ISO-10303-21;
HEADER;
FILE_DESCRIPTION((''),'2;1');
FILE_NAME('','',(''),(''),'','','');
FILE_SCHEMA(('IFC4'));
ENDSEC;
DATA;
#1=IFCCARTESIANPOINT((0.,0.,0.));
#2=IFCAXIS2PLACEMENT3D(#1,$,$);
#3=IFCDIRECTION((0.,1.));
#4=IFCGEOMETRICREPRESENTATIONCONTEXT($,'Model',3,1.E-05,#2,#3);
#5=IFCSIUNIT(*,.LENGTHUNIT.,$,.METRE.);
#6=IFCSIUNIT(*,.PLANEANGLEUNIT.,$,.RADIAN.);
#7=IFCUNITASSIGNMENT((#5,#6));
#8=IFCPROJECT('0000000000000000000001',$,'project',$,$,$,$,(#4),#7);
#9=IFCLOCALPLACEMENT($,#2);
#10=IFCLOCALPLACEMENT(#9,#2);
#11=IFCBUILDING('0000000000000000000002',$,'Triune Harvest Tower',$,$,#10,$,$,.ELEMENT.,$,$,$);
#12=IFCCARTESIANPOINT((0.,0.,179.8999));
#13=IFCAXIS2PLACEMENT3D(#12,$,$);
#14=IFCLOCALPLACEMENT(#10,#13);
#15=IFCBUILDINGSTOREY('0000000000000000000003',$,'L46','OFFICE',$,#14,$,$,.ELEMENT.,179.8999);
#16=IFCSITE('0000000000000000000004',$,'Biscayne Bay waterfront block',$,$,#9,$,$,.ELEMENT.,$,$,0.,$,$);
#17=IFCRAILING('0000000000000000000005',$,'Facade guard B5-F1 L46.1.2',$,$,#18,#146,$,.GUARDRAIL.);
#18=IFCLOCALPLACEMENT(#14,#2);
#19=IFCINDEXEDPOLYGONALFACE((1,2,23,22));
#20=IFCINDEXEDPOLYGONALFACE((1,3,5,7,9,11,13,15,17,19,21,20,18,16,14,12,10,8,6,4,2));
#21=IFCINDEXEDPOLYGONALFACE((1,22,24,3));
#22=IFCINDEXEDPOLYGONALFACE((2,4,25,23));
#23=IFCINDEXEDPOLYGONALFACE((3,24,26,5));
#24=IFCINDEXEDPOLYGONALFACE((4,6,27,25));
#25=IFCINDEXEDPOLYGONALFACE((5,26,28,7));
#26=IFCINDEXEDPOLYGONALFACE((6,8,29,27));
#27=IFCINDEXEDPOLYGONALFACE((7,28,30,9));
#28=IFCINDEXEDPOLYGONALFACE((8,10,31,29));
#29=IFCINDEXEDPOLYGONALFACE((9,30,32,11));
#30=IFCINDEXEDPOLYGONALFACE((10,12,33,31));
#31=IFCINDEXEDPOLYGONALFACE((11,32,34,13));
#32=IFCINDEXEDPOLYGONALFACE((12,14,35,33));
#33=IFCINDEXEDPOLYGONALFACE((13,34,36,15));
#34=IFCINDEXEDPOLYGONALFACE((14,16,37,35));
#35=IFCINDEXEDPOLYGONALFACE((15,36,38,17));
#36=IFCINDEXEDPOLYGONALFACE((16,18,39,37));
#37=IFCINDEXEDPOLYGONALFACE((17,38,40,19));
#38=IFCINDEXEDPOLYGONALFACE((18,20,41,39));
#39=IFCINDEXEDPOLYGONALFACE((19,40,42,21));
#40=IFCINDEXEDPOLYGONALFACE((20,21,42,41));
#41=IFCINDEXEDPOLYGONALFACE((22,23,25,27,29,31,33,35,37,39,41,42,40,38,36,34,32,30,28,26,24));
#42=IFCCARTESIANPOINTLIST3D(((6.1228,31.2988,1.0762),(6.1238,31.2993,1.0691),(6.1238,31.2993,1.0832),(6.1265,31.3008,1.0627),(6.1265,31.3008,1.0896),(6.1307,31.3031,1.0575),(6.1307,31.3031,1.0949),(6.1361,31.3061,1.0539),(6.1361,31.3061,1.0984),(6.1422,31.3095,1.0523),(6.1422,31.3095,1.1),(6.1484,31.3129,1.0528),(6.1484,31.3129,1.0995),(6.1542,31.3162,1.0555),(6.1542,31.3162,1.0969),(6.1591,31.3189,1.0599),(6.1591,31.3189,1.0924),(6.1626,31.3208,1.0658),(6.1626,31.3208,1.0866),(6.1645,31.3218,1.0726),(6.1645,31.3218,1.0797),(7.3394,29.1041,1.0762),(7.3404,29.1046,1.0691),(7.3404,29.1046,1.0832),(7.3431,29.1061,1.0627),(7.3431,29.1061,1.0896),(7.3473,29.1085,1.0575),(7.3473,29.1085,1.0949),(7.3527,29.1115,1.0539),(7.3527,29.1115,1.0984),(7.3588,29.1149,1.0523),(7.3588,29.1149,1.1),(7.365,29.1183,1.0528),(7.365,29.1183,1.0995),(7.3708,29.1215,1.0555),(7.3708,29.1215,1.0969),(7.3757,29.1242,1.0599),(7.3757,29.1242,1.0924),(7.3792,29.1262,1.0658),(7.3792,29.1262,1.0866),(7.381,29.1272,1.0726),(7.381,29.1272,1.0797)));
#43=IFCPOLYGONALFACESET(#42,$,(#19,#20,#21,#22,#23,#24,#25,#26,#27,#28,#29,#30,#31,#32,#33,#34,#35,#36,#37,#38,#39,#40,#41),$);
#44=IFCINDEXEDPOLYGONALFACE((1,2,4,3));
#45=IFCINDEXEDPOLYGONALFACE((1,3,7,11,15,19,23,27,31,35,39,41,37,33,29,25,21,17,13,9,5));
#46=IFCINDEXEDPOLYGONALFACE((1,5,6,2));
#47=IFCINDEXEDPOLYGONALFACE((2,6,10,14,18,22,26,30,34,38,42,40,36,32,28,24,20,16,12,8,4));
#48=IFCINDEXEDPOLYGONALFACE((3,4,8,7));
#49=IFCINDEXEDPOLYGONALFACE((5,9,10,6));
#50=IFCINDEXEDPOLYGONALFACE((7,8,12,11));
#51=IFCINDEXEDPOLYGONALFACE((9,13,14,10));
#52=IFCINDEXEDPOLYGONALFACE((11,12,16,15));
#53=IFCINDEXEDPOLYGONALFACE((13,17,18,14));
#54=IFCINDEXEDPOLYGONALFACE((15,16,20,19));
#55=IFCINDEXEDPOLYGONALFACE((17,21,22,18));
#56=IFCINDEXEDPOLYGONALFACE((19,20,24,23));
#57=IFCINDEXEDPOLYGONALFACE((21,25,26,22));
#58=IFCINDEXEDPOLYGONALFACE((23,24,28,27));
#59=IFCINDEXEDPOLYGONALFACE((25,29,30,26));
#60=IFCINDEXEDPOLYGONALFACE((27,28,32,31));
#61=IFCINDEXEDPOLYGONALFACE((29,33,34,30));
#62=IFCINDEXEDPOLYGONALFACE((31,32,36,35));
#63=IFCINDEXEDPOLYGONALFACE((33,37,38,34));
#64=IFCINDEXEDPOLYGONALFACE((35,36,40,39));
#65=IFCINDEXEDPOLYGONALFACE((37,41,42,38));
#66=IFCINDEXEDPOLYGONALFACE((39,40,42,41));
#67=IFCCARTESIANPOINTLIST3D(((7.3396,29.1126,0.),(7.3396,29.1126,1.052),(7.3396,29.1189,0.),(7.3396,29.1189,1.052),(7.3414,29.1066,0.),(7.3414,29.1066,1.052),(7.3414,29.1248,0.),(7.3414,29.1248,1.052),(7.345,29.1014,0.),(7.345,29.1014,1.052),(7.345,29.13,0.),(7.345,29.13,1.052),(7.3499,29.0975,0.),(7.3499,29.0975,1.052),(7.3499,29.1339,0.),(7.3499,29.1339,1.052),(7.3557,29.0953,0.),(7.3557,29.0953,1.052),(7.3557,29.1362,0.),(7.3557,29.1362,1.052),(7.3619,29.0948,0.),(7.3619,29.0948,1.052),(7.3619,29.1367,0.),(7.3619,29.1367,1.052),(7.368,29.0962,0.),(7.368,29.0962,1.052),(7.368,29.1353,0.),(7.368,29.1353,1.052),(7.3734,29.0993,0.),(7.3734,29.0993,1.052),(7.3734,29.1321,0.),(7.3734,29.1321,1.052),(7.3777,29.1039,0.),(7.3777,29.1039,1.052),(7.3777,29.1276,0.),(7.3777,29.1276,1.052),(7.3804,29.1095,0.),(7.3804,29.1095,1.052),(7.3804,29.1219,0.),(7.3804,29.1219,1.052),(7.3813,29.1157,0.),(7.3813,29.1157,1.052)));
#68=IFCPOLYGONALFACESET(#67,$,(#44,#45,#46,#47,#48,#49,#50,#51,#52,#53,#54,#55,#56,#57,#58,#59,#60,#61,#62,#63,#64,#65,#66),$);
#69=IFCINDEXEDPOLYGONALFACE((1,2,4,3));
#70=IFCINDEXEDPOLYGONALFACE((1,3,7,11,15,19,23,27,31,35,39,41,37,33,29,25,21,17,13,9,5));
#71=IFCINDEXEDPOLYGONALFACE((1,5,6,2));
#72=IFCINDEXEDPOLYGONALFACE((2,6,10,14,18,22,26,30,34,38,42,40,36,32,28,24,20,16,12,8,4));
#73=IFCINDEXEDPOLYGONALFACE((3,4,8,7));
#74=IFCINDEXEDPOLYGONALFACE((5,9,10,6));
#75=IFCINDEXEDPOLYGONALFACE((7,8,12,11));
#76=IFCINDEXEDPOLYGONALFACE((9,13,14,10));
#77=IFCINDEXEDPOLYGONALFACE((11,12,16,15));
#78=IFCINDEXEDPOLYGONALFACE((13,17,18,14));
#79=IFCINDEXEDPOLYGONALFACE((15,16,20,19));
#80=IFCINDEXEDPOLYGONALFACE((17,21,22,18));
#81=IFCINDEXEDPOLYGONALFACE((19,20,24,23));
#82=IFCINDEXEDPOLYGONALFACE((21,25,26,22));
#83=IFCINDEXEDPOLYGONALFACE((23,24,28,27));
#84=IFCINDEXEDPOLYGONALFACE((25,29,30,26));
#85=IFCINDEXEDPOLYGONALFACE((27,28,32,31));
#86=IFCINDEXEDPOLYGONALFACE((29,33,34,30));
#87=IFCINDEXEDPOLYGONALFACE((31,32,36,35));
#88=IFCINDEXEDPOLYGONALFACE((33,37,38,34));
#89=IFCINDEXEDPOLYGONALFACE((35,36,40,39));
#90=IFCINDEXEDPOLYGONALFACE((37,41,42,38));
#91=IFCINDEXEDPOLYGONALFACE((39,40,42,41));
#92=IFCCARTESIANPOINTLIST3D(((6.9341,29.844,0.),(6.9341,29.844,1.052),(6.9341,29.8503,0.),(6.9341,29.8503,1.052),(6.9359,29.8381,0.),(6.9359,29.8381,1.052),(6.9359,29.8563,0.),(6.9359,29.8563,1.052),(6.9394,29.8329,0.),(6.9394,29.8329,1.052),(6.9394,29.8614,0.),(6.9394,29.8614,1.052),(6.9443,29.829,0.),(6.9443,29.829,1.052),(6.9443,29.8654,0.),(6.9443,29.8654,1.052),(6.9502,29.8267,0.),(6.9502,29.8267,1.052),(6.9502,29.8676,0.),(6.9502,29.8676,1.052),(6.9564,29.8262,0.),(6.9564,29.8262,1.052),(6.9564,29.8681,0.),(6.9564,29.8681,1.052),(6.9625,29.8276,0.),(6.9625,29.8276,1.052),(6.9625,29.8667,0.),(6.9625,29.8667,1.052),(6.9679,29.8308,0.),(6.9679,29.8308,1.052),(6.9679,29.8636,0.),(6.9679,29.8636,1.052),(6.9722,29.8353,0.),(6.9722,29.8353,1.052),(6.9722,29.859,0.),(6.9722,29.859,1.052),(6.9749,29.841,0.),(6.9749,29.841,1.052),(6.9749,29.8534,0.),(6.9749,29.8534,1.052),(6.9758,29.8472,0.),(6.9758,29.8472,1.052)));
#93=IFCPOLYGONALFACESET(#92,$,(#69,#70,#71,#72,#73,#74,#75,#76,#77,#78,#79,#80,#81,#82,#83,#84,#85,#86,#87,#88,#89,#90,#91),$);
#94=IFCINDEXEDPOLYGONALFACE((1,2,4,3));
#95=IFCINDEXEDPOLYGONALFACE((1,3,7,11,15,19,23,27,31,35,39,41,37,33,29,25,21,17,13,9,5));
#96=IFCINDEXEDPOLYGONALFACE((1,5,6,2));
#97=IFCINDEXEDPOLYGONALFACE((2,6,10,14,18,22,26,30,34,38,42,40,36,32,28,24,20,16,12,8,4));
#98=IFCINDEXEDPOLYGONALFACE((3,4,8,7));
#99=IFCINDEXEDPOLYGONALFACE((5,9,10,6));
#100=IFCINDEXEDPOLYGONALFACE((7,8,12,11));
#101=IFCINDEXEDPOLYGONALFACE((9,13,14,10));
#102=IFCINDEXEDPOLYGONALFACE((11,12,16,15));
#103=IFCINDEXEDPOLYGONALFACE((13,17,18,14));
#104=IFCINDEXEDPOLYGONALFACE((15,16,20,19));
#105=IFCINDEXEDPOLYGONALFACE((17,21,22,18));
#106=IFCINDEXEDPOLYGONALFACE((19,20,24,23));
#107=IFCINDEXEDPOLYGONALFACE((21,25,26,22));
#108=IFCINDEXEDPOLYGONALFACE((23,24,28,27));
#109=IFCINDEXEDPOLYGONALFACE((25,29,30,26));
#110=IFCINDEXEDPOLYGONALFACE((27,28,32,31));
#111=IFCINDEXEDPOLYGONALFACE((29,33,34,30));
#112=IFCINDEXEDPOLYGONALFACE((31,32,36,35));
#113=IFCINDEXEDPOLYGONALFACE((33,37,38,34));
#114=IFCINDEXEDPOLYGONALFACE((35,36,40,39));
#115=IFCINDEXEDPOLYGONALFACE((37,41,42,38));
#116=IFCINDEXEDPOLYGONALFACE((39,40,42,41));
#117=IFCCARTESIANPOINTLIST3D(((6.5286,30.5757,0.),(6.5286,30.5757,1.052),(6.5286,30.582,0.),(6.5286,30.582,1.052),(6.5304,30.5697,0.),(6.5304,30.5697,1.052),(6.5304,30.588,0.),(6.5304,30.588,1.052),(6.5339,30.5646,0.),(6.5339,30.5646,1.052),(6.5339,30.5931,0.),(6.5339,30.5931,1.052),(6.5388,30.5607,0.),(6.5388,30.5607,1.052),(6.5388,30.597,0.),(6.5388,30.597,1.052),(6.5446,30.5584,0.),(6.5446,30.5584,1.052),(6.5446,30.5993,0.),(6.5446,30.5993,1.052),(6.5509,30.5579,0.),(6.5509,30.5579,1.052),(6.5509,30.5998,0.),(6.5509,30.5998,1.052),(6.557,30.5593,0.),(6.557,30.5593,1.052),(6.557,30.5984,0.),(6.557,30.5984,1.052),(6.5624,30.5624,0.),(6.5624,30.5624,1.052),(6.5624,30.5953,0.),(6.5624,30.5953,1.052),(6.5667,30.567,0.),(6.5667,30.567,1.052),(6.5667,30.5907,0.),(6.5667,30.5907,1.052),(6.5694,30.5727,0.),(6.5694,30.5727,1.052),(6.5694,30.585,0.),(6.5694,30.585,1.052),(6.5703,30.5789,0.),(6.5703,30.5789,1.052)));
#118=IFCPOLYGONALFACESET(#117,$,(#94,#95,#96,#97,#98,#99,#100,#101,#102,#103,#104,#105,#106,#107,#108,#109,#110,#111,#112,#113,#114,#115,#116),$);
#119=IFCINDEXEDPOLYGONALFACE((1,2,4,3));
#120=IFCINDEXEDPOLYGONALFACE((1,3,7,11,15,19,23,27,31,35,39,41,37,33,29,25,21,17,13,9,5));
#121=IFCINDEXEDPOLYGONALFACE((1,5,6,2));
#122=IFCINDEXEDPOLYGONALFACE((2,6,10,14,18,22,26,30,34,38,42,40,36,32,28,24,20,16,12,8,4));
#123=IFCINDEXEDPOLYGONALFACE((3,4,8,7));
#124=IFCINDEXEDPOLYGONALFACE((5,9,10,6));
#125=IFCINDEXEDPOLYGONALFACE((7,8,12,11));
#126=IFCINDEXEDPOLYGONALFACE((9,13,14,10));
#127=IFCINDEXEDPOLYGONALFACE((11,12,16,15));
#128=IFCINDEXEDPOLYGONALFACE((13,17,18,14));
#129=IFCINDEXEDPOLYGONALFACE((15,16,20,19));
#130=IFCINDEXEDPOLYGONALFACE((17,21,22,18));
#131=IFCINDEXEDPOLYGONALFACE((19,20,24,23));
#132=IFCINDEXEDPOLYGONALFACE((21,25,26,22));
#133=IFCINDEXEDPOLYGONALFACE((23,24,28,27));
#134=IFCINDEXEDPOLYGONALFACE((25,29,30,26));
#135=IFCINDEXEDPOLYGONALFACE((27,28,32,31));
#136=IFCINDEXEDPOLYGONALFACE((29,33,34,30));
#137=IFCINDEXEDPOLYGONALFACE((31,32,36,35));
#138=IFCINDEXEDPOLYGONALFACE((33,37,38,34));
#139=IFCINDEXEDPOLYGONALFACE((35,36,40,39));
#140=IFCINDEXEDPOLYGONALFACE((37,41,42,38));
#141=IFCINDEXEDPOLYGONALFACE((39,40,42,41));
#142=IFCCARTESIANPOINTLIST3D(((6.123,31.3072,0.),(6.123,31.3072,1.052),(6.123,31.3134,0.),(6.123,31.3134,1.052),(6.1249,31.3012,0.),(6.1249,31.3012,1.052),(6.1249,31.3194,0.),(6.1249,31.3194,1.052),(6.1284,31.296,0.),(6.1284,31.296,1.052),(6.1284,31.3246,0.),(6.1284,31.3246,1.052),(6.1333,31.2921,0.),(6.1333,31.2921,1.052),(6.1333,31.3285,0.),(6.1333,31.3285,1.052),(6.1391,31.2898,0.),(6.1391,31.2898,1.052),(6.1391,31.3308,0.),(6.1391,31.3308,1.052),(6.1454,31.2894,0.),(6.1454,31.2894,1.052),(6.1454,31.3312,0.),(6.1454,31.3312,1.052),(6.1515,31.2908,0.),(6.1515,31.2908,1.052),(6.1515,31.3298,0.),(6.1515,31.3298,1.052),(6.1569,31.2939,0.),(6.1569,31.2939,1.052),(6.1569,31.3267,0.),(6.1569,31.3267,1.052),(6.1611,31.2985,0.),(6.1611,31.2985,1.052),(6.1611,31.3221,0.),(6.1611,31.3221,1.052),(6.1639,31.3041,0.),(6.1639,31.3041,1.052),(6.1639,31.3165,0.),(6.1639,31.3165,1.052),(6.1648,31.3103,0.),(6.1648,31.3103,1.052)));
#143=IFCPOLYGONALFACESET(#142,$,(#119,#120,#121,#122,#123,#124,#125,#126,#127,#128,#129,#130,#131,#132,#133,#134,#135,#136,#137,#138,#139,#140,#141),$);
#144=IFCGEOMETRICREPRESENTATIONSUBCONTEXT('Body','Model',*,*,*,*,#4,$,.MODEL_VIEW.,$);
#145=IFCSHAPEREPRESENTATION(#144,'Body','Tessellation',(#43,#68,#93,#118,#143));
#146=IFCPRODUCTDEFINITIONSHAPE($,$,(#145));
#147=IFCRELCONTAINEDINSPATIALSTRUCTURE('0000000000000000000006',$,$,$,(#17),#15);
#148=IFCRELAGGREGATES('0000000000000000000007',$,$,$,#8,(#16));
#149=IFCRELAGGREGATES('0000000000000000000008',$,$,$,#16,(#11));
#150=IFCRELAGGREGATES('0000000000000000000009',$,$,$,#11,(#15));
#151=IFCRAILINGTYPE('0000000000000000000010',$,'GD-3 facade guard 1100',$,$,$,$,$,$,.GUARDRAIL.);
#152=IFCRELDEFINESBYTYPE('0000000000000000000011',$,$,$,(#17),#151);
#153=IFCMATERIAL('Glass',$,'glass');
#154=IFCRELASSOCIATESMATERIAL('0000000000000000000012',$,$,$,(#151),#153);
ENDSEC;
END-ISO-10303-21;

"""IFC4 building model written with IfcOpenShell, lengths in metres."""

from ifc_helpers import new_model, si_unit, direction, frame, origin, origin_2d, place, context, subcontext, project, spatial, circle, extrude, material, type_object, element, save


model = new_model("IFC4")

# Units and contexts
model_context = context("Model", 3, precision=1e-05, world=origin(), true_north=direction((0.0, 1.0)))
body_context = subcontext(model_context, "Body", "Model", "MODEL_VIEW")
ifc_project = project(units=[si_unit("LENGTHUNIT", "METRE"), si_unit("PLANEANGLEUNIT", "RADIAN")], contexts=[model_context])

# Site, building, storey
site_placement = place(None, origin())
site = spatial("IfcSite", under=ifc_project, at=site_placement, Name="Biscayne Bay waterfront block", CompositionType="ELEMENT", RefElevation=0.0)
building_placement = place(site_placement, origin())
building = spatial("IfcBuilding", under=site, at=building_placement, Name="Triune Harvest Tower", CompositionType="ELEMENT")
storey_placement = place(building_placement, frame((0.0, 0.0, 179.8999)))
storey = spatial("IfcBuildingStorey", under=building, at=storey_placement, Name="L46", Description="OFFICE", CompositionType="ELEMENT", Elevation=179.8999)

# Railing
ifc_material_1 = material(Name="Glass", Category="glass")
railing_type = type_object("IfcRailingType", Name="GD-3 facade guard 1100", PredefinedType="GUARDRAIL", material=ifc_material_1)
railing_placement = place(storey_placement, frame((7.3604, 29.1157, 0.0)))
element("IfcRailing", 1, at=railing_placement, inside=storey, type_object=railing_type, Name="Facade guard B5-F1 L46.1.2", PredefinedType="GUARDRAIL", context=body_context, shape_type="SweptSolid", body=[
    extrude(circle(Radius=0.0239, at=origin_2d()), frame((0.0, 0.0, 1.0762), z_axis=(-0.484833, 0.874607, 0.0), x_axis=(-0.874607, -0.484833, 0.0)), (0.0, 0.0, 1.0), 2.5093),
    extrude(circle(Radius=0.021, at=origin_2d()), origin(), (0.0, 0.0, 1.0), 1.052),
    extrude(circle(Radius=0.021, at=origin_2d()), frame((-0.4055, 0.7314, 0.0)), (0.0, 0.0, 1.0), 1.052),
    extrude(circle(Radius=0.021, at=origin_2d()), frame((-0.811, 1.4631, 0.0)), (0.0, 0.0, 1.0), 1.052),
    extrude(circle(Radius=0.021, at=origin_2d()), frame((-1.2166, 2.1946, 0.0)), (0.0, 0.0, 1.0), 1.052),
])

save(model, "model.ifc")
